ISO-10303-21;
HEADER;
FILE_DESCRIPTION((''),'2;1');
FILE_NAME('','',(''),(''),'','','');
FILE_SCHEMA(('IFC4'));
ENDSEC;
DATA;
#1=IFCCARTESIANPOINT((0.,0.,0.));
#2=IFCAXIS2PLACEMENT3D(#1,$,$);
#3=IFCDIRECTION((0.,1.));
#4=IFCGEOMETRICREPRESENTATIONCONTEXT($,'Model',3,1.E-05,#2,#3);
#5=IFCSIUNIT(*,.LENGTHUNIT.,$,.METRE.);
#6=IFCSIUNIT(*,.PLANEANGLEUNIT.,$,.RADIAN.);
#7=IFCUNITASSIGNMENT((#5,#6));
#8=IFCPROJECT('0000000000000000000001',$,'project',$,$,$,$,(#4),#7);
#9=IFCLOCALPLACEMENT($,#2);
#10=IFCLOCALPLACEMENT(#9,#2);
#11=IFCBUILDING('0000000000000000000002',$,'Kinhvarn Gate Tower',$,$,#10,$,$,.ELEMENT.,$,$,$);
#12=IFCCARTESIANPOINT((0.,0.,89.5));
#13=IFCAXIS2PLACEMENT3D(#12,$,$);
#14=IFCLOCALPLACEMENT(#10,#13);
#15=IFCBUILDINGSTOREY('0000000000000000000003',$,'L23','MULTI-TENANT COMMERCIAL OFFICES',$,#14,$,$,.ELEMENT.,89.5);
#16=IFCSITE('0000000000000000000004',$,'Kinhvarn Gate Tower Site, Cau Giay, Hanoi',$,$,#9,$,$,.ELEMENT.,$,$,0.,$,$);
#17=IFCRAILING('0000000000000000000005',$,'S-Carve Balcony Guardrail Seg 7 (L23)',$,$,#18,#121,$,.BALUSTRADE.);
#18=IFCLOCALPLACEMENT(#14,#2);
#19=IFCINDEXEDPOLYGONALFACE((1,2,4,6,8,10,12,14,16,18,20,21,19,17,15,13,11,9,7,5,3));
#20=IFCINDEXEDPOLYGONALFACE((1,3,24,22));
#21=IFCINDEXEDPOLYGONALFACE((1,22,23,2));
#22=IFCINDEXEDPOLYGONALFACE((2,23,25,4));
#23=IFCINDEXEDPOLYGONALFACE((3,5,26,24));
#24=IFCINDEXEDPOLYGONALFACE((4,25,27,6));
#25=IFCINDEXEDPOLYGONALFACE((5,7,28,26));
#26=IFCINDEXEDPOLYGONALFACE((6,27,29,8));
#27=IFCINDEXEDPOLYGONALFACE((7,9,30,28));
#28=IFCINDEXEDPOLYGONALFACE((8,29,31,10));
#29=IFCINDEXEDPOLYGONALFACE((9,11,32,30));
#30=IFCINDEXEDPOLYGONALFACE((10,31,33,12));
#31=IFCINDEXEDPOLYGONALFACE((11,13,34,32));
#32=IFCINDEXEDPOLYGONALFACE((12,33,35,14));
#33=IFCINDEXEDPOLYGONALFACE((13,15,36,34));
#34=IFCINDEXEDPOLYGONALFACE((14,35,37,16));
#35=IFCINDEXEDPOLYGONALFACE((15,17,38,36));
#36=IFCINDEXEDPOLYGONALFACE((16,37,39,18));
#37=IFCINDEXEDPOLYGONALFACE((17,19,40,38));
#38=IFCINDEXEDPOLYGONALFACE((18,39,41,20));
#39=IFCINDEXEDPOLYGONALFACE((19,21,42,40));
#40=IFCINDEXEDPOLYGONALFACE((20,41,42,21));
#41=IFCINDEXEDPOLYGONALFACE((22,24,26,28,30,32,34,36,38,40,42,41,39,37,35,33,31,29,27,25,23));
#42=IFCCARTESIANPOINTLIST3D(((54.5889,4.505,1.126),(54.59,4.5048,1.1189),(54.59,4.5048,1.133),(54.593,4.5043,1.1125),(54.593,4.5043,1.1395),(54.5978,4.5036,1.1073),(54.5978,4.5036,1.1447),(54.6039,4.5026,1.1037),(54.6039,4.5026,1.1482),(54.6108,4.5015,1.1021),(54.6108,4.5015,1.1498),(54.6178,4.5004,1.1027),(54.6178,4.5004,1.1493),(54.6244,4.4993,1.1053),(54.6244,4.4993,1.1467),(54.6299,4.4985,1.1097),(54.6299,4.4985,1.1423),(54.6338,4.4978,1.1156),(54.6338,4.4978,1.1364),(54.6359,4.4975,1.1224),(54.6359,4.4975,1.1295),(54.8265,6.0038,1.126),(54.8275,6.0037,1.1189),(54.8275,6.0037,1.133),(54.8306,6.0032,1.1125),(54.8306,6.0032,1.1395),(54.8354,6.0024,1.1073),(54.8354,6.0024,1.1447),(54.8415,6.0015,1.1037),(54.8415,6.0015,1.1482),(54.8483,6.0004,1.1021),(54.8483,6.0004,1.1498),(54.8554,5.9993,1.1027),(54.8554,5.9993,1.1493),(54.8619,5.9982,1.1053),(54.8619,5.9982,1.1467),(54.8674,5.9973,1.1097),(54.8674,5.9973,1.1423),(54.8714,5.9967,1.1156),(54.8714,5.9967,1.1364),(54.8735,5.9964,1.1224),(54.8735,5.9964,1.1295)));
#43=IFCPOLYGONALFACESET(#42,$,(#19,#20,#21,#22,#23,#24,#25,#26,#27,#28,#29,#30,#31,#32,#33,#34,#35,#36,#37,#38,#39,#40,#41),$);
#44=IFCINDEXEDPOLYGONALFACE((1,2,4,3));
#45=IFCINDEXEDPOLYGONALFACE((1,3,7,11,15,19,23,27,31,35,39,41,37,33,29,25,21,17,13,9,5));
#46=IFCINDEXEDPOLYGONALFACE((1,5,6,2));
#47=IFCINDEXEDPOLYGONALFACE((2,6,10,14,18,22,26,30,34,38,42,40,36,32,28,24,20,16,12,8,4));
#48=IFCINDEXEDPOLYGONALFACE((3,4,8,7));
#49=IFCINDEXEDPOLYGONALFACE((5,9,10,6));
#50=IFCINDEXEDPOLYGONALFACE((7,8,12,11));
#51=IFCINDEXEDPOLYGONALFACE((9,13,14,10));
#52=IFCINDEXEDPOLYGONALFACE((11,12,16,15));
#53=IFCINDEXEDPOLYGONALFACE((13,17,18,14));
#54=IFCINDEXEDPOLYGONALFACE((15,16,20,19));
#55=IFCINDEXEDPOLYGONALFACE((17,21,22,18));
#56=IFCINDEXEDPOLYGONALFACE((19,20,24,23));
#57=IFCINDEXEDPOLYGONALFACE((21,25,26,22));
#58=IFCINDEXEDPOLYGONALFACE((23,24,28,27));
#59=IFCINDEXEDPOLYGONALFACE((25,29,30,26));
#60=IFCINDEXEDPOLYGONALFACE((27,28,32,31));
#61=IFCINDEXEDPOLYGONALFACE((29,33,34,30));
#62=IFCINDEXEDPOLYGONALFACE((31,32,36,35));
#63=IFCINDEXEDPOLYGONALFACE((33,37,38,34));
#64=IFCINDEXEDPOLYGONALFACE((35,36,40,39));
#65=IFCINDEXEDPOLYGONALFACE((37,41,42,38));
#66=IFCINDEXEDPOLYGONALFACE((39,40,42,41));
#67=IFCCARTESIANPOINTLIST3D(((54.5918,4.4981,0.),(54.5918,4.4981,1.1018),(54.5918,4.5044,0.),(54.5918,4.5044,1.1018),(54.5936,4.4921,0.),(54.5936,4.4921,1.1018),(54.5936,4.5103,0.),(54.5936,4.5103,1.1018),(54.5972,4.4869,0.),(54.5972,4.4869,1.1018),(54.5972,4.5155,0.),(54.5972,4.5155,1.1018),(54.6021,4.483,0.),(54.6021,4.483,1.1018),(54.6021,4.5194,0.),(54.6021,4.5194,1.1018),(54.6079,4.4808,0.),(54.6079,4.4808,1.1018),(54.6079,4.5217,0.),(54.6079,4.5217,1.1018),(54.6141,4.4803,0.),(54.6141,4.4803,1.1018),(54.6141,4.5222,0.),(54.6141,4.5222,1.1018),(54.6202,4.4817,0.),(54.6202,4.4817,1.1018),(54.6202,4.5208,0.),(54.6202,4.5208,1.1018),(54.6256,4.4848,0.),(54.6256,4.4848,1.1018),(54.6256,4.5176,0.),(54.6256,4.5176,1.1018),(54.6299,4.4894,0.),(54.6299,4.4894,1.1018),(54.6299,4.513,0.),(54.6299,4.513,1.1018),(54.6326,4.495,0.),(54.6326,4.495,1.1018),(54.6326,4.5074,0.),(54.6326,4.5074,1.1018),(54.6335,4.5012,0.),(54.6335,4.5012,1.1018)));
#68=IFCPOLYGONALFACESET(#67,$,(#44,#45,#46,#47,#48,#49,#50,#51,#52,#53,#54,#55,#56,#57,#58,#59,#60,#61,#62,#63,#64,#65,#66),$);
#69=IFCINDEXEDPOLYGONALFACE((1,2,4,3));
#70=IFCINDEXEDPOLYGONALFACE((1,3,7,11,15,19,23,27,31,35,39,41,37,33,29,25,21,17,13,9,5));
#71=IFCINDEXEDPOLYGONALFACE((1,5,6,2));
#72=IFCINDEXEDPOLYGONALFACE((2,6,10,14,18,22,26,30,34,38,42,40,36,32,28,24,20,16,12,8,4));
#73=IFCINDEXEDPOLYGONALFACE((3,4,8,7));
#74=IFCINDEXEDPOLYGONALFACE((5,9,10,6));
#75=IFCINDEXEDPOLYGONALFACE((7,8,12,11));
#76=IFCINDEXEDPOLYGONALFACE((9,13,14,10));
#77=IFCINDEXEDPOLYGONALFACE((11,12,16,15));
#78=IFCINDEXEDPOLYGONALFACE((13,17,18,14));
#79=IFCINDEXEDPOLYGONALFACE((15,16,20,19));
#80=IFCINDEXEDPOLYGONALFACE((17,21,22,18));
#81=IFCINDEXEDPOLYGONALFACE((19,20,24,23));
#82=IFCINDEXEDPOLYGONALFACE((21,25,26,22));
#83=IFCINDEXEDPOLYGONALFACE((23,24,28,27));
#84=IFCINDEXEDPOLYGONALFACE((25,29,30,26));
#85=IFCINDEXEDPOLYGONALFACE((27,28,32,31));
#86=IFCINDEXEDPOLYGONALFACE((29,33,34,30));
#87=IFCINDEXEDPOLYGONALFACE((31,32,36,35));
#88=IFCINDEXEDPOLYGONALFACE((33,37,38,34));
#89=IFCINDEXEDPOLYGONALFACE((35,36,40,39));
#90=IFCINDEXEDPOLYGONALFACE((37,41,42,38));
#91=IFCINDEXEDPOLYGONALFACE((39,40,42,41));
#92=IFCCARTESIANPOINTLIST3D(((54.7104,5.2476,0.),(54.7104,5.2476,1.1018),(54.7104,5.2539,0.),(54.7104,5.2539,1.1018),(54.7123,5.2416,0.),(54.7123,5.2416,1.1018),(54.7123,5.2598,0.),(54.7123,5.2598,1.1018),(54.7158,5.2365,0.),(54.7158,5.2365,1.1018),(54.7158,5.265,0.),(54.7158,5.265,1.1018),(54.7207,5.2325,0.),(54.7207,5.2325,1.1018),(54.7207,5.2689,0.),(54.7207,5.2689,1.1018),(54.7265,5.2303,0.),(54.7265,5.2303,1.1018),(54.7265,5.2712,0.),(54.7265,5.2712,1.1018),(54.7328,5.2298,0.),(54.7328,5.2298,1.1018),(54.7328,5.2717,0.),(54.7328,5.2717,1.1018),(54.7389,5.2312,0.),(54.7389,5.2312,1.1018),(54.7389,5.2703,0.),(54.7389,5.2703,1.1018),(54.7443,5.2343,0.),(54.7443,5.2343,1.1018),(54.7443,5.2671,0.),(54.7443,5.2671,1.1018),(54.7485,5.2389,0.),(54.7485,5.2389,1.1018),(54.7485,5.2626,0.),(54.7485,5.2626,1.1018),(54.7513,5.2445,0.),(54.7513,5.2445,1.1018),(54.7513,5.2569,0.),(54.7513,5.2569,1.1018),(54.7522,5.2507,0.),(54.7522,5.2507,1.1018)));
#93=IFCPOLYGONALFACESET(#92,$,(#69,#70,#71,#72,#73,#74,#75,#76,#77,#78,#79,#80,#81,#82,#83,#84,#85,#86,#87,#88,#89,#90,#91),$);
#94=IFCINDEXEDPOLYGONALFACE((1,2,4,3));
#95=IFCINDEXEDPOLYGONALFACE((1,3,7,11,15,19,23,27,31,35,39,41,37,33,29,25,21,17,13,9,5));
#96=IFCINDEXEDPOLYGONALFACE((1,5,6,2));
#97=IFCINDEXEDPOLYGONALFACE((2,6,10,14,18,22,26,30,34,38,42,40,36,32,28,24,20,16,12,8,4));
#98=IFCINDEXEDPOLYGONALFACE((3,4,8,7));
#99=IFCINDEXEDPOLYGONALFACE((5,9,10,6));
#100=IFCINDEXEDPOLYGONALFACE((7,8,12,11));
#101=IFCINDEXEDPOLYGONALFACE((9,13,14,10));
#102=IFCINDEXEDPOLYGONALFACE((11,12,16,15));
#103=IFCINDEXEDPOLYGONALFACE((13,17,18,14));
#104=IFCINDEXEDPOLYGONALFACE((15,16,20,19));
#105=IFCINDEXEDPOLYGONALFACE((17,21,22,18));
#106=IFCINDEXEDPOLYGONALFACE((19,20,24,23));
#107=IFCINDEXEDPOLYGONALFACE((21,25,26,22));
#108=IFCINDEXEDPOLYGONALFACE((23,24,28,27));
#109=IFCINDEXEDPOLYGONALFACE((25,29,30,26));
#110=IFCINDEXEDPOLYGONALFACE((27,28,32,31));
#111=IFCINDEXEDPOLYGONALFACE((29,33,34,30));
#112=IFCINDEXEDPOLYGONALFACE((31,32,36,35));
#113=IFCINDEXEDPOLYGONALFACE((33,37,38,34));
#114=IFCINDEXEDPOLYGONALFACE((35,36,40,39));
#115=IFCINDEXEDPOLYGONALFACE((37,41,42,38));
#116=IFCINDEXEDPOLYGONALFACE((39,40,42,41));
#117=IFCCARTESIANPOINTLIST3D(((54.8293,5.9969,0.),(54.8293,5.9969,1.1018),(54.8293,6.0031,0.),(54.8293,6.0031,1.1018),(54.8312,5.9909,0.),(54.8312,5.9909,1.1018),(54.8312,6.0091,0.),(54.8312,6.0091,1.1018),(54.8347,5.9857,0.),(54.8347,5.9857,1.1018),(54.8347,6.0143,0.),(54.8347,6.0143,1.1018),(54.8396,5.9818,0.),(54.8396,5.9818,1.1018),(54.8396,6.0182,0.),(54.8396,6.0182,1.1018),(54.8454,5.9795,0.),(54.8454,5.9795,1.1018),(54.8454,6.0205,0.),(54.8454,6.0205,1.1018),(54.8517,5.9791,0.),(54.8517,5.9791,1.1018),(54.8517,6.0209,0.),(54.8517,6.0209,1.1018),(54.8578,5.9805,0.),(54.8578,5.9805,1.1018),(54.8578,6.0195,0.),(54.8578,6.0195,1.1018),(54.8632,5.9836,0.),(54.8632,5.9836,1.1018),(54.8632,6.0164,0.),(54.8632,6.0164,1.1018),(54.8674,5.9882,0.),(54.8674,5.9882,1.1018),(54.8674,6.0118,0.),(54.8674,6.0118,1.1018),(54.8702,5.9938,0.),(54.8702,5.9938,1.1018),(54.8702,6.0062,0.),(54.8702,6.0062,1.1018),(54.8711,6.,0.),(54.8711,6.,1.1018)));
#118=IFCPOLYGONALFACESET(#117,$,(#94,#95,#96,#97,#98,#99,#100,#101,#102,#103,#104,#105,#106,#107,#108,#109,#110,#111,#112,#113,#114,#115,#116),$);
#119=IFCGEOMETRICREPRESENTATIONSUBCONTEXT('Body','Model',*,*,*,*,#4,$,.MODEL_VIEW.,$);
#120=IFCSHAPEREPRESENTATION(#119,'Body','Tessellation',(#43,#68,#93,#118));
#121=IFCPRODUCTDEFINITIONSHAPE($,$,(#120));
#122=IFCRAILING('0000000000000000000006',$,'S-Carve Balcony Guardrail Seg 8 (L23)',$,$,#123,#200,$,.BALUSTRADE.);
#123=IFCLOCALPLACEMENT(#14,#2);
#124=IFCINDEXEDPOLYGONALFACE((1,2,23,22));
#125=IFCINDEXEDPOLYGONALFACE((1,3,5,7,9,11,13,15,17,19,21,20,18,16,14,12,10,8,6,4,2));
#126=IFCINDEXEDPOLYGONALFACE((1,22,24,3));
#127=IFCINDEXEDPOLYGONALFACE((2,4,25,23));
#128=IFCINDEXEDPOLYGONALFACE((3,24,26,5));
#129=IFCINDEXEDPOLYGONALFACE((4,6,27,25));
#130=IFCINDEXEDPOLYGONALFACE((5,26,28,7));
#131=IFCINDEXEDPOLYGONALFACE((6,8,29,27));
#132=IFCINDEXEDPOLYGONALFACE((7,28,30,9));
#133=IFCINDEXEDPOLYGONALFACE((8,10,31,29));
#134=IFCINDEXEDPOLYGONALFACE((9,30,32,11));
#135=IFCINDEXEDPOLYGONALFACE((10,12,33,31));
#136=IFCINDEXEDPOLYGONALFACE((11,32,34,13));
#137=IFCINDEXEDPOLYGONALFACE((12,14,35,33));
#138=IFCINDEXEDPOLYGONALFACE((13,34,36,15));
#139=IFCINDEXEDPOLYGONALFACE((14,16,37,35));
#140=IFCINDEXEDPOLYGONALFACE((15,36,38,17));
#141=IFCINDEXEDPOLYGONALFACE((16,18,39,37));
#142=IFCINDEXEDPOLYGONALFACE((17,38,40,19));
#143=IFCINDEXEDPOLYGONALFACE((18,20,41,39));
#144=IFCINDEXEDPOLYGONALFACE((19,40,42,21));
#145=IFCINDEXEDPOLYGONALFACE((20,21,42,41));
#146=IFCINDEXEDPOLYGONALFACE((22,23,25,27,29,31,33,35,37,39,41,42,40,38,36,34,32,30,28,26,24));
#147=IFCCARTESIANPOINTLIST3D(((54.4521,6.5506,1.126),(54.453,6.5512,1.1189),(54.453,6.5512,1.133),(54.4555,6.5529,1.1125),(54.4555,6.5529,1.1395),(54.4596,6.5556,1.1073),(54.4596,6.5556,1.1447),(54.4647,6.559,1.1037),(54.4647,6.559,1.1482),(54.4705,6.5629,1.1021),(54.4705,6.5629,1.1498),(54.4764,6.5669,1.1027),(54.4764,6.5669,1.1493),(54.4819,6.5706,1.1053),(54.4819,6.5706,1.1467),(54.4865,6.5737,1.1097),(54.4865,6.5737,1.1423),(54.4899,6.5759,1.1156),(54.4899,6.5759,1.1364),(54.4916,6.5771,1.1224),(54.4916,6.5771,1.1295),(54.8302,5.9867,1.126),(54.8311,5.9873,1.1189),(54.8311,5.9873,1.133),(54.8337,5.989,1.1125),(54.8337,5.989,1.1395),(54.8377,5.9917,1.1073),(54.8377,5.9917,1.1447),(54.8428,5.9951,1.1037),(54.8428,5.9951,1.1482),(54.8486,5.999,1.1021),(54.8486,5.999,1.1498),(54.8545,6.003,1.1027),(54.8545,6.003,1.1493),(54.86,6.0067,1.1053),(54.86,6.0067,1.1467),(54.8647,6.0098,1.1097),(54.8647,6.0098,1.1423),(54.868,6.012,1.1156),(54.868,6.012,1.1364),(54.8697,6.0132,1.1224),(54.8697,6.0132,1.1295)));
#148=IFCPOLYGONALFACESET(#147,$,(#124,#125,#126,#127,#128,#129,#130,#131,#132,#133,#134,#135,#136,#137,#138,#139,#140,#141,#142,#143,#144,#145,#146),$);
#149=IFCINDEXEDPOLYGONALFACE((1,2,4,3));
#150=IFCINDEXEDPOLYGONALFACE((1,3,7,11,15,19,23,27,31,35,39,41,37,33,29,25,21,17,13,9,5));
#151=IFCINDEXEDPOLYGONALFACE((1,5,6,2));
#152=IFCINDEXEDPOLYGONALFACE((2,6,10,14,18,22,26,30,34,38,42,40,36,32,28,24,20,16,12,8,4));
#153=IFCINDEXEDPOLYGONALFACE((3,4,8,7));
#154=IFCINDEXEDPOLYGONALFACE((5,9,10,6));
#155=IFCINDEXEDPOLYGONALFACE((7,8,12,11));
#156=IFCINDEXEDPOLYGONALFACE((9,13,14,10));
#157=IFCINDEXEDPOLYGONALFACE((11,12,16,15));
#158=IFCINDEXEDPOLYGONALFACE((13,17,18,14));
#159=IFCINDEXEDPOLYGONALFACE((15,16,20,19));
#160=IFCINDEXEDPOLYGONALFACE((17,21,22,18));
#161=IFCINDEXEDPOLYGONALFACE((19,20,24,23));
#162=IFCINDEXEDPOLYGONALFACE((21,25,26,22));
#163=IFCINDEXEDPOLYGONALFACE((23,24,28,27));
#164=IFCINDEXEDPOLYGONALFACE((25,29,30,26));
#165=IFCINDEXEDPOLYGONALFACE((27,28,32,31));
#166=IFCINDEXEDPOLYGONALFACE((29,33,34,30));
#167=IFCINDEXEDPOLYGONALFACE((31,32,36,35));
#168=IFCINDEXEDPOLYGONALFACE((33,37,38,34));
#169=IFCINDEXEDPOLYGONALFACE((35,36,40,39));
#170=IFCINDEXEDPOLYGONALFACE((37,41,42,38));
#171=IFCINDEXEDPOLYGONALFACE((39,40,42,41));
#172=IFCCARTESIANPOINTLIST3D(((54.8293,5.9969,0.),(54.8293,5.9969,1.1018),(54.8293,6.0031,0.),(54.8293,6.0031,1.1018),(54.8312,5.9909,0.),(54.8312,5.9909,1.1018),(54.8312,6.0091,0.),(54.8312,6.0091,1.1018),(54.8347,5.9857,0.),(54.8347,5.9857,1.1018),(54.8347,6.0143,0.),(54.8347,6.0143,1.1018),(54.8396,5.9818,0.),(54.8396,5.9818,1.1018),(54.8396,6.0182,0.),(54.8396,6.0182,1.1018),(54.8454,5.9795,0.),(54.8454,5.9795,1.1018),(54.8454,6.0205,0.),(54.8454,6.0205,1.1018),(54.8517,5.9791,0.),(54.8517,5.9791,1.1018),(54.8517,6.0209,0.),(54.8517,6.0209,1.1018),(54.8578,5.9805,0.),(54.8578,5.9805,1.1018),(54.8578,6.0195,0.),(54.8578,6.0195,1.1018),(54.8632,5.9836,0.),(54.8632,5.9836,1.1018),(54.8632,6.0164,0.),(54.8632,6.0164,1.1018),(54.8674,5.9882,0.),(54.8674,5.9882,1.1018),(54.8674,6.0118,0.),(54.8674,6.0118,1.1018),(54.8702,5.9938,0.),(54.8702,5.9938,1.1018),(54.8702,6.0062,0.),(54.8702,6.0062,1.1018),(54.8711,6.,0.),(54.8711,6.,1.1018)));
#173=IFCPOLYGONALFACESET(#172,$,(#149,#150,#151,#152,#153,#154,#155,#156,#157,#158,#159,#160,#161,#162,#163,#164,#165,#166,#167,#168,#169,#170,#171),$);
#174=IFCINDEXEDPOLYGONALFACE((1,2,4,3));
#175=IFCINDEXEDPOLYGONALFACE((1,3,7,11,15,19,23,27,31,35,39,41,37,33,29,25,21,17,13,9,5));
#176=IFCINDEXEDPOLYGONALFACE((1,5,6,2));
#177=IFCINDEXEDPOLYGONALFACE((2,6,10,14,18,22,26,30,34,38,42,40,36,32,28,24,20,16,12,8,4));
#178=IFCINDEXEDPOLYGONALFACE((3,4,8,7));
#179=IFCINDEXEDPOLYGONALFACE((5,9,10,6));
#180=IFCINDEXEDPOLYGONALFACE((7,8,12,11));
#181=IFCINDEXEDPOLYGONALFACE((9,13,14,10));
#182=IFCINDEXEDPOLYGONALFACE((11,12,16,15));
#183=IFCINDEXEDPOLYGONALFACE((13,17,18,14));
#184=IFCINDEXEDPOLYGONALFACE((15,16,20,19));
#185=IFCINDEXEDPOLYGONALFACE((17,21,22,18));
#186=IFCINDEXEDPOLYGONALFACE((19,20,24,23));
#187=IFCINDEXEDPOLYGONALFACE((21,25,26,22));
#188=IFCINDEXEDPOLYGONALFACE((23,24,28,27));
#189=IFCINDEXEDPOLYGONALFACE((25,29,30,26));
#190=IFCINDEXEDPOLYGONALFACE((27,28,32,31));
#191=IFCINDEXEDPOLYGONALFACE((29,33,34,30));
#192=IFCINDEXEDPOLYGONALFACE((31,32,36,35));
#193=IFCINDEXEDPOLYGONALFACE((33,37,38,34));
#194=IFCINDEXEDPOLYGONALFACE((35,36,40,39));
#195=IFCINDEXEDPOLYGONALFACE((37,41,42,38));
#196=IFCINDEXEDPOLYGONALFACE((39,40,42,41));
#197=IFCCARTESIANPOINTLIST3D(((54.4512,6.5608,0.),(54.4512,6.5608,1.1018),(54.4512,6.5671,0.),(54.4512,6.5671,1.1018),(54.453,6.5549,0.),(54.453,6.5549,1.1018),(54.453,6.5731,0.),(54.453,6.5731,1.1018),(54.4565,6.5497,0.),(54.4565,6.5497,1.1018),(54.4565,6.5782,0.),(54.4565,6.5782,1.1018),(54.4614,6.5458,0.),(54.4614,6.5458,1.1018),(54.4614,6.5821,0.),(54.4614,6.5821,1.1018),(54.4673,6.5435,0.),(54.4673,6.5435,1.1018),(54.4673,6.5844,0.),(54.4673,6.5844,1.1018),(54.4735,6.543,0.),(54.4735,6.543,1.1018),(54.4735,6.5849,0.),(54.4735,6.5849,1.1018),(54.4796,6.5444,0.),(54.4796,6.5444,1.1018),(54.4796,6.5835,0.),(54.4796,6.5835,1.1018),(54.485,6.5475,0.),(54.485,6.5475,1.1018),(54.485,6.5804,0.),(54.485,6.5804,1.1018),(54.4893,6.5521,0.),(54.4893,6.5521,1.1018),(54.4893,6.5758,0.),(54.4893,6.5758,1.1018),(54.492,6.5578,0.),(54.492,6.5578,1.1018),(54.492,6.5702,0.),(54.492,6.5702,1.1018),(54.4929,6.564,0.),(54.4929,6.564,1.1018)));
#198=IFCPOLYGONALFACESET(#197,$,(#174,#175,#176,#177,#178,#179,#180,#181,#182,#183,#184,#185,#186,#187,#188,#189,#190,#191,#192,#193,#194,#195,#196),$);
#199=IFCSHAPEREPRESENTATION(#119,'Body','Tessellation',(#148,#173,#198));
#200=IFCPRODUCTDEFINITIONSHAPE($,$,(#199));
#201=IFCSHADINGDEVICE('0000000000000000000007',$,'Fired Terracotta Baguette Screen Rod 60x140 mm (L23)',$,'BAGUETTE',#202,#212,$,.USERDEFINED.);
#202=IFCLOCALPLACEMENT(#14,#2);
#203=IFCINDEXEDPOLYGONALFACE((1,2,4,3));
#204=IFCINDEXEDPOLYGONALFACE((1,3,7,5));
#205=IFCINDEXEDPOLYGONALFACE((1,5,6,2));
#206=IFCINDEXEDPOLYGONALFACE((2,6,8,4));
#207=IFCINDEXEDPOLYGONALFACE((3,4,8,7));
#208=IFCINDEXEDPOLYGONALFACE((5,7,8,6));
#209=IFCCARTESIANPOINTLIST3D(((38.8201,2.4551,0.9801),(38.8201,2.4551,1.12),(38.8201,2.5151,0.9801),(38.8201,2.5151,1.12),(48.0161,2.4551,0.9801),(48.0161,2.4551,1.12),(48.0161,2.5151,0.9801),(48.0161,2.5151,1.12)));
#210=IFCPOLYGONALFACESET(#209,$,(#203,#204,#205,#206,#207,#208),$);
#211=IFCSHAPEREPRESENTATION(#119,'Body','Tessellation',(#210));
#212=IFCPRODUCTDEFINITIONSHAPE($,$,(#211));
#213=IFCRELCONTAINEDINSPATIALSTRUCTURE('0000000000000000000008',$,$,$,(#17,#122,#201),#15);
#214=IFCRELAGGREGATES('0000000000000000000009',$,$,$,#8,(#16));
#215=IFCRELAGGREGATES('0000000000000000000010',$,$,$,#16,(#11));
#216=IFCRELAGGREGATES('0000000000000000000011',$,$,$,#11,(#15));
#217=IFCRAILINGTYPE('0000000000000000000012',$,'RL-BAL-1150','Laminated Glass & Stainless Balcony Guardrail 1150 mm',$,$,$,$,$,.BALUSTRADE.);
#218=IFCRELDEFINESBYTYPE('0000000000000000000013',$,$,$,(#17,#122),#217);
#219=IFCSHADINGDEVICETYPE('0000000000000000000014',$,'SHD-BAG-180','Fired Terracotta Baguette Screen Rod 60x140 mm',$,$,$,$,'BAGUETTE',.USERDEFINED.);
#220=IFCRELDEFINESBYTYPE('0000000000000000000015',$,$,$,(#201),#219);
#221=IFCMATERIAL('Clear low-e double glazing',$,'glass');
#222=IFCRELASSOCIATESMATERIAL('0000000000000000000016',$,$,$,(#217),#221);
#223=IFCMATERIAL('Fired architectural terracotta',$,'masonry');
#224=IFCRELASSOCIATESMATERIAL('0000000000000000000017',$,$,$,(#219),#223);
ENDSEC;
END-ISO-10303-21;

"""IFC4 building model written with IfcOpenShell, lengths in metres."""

from ifc_helpers import new_model, si_unit, direction, frame, origin, origin_2d, place, context, subcontext, project, spatial, rectangle, circle, extrude, material, material_profile, profile_set, type_object, element, save


model = new_model("IFC4")

# Units and contexts
model_context = context("Model", 3, precision=1e-05, world=origin(), true_north=direction((0.0, 1.0)))
body_context = subcontext(model_context, "Body", "Model", "MODEL_VIEW")
ifc_project = project(units=[si_unit("LENGTHUNIT", "METRE"), si_unit("PLANEANGLEUNIT", "RADIAN")], contexts=[model_context])

# Site, building, storey
site_placement = place(None, origin())
site = spatial("IfcSite", under=ifc_project, at=site_placement, Name="Kinhvarn Gate Tower Site, Cau Giay, Hanoi", CompositionType="ELEMENT", RefElevation=0.0)
building_placement = place(site_placement, origin())
building = spatial("IfcBuilding", under=site, at=building_placement, Name="Kinhvarn Gate Tower", CompositionType="ELEMENT")
storey_placement = place(building_placement, frame((0.0, 0.0, 89.5)))
storey = spatial("IfcBuildingStorey", under=building, at=storey_placement, Name="L23", Description="MULTI-TENANT COMMERCIAL OFFICES", CompositionType="ELEMENT", Elevation=89.5)

# Shared definitions
ifc_material_1 = material(Name="Clear low-e double glazing", Category="glass")

# Shared definitions
ifc_material_2 = material(Name="Fired architectural terracotta", Category="masonry")

# Railings
railing_type = type_object("IfcRailingType", Name="RL-BAL-1150", Description="Laminated Glass & Stainless Balcony Guardrail 1150 mm", PredefinedType="BALUSTRADE", material=ifc_material_1)
railing_1_placement = place(storey_placement, frame((54.6125, 4.5012, 0.0)))
element("IfcRailing", 1, at=railing_1_placement, inside=storey, type_object=railing_type, Name="S-Carve Balcony Guardrail Seg 7 (L23)", PredefinedType="BALUSTRADE", context=body_context, shape_type="SweptSolid", body=[
    extrude(circle(Radius=0.0239, at=origin_2d()), frame((0.0, 0.0, 1.126), z_axis=(0.156541, 0.987671, 0.0), x_axis=(-0.987671, 0.156541, 0.0)), (0.0, 0.0, 1.0), 1.5176),
    extrude(circle(Radius=0.021, at=origin_2d()), origin(), (0.0, 0.0, 1.0), 1.1018),
    extrude(circle(Radius=0.021, at=origin_2d()), frame((0.1187, 0.7495, 0.0)), (0.0, 0.0, 1.0), 1.1018),
    extrude(circle(Radius=0.021, at=origin_2d()), frame((0.2375, 1.4988, 0.0)), (0.0, 0.0, 1.0), 1.1018),
])
railing_2_placement = place(storey_placement, frame((54.8501, 6.0, 0.0)))
element("IfcRailing", 2, at=railing_2_placement, inside=storey, type_object=railing_type, Name="S-Carve Balcony Guardrail Seg 8 (L23)", PredefinedType="BALUSTRADE", context=body_context, shape_type="SweptSolid", body=[
    extrude(circle(Radius=0.0239, at=origin_2d()), frame((0.0, 0.0, 1.126), z_axis=(-0.556938, 0.830554, 0.0), x_axis=(-0.830554, -0.556938, 0.0)), (0.0, 0.0, 1.0), 0.679),
    extrude(circle(Radius=0.021, at=origin_2d()), origin(), (0.0, 0.0, 1.0), 1.1018),
    extrude(circle(Radius=0.021, at=origin_2d()), frame((-0.3782, 0.564, 0.0)), (0.0, 0.0, 1.0), 1.1018),
])

# Shading device
ifc_material_profile_1 = material_profile(ifc_material_2, rectangle(XDim=0.0601, YDim=0.1399, at=origin_2d()), Name="TC 60x140")
ifc_profile_set_1 = profile_set([ifc_material_profile_1], Name="Fired architectural terracotta")
shading_device_type = type_object("IfcShadingDeviceType", Name="SHD-BAG-180", Description="Fired Terracotta Baguette Screen Rod 60x140 mm", ElementType="BAGUETTE", PredefinedType="USERDEFINED", material=ifc_profile_set_1)
for number, where, z_axis, x_axis, name in (
    (3, (38.8201, 2.4851, 1.05), (1.0, 0.0, 0.0), (0.0, 1.0, 0.0), "Fired Terracotta Baguette Screen Rod 60x140 mm (L23)"),
):
    element("IfcShadingDevice", number, at=place(storey_placement, frame(where, z_axis=z_axis, x_axis=x_axis)), inside=storey, type_object=shading_device_type, Name=name, ObjectType="BAGUETTE", PredefinedType="USERDEFINED", context=body_context, shape_type="SweptSolid", body=[
        extrude(rectangle(XDim=0.0601, YDim=0.1399, at=origin_2d()), origin(), (0.0, 0.0, 1.0), 9.196),
    ])

save(model, "model.ifc")
